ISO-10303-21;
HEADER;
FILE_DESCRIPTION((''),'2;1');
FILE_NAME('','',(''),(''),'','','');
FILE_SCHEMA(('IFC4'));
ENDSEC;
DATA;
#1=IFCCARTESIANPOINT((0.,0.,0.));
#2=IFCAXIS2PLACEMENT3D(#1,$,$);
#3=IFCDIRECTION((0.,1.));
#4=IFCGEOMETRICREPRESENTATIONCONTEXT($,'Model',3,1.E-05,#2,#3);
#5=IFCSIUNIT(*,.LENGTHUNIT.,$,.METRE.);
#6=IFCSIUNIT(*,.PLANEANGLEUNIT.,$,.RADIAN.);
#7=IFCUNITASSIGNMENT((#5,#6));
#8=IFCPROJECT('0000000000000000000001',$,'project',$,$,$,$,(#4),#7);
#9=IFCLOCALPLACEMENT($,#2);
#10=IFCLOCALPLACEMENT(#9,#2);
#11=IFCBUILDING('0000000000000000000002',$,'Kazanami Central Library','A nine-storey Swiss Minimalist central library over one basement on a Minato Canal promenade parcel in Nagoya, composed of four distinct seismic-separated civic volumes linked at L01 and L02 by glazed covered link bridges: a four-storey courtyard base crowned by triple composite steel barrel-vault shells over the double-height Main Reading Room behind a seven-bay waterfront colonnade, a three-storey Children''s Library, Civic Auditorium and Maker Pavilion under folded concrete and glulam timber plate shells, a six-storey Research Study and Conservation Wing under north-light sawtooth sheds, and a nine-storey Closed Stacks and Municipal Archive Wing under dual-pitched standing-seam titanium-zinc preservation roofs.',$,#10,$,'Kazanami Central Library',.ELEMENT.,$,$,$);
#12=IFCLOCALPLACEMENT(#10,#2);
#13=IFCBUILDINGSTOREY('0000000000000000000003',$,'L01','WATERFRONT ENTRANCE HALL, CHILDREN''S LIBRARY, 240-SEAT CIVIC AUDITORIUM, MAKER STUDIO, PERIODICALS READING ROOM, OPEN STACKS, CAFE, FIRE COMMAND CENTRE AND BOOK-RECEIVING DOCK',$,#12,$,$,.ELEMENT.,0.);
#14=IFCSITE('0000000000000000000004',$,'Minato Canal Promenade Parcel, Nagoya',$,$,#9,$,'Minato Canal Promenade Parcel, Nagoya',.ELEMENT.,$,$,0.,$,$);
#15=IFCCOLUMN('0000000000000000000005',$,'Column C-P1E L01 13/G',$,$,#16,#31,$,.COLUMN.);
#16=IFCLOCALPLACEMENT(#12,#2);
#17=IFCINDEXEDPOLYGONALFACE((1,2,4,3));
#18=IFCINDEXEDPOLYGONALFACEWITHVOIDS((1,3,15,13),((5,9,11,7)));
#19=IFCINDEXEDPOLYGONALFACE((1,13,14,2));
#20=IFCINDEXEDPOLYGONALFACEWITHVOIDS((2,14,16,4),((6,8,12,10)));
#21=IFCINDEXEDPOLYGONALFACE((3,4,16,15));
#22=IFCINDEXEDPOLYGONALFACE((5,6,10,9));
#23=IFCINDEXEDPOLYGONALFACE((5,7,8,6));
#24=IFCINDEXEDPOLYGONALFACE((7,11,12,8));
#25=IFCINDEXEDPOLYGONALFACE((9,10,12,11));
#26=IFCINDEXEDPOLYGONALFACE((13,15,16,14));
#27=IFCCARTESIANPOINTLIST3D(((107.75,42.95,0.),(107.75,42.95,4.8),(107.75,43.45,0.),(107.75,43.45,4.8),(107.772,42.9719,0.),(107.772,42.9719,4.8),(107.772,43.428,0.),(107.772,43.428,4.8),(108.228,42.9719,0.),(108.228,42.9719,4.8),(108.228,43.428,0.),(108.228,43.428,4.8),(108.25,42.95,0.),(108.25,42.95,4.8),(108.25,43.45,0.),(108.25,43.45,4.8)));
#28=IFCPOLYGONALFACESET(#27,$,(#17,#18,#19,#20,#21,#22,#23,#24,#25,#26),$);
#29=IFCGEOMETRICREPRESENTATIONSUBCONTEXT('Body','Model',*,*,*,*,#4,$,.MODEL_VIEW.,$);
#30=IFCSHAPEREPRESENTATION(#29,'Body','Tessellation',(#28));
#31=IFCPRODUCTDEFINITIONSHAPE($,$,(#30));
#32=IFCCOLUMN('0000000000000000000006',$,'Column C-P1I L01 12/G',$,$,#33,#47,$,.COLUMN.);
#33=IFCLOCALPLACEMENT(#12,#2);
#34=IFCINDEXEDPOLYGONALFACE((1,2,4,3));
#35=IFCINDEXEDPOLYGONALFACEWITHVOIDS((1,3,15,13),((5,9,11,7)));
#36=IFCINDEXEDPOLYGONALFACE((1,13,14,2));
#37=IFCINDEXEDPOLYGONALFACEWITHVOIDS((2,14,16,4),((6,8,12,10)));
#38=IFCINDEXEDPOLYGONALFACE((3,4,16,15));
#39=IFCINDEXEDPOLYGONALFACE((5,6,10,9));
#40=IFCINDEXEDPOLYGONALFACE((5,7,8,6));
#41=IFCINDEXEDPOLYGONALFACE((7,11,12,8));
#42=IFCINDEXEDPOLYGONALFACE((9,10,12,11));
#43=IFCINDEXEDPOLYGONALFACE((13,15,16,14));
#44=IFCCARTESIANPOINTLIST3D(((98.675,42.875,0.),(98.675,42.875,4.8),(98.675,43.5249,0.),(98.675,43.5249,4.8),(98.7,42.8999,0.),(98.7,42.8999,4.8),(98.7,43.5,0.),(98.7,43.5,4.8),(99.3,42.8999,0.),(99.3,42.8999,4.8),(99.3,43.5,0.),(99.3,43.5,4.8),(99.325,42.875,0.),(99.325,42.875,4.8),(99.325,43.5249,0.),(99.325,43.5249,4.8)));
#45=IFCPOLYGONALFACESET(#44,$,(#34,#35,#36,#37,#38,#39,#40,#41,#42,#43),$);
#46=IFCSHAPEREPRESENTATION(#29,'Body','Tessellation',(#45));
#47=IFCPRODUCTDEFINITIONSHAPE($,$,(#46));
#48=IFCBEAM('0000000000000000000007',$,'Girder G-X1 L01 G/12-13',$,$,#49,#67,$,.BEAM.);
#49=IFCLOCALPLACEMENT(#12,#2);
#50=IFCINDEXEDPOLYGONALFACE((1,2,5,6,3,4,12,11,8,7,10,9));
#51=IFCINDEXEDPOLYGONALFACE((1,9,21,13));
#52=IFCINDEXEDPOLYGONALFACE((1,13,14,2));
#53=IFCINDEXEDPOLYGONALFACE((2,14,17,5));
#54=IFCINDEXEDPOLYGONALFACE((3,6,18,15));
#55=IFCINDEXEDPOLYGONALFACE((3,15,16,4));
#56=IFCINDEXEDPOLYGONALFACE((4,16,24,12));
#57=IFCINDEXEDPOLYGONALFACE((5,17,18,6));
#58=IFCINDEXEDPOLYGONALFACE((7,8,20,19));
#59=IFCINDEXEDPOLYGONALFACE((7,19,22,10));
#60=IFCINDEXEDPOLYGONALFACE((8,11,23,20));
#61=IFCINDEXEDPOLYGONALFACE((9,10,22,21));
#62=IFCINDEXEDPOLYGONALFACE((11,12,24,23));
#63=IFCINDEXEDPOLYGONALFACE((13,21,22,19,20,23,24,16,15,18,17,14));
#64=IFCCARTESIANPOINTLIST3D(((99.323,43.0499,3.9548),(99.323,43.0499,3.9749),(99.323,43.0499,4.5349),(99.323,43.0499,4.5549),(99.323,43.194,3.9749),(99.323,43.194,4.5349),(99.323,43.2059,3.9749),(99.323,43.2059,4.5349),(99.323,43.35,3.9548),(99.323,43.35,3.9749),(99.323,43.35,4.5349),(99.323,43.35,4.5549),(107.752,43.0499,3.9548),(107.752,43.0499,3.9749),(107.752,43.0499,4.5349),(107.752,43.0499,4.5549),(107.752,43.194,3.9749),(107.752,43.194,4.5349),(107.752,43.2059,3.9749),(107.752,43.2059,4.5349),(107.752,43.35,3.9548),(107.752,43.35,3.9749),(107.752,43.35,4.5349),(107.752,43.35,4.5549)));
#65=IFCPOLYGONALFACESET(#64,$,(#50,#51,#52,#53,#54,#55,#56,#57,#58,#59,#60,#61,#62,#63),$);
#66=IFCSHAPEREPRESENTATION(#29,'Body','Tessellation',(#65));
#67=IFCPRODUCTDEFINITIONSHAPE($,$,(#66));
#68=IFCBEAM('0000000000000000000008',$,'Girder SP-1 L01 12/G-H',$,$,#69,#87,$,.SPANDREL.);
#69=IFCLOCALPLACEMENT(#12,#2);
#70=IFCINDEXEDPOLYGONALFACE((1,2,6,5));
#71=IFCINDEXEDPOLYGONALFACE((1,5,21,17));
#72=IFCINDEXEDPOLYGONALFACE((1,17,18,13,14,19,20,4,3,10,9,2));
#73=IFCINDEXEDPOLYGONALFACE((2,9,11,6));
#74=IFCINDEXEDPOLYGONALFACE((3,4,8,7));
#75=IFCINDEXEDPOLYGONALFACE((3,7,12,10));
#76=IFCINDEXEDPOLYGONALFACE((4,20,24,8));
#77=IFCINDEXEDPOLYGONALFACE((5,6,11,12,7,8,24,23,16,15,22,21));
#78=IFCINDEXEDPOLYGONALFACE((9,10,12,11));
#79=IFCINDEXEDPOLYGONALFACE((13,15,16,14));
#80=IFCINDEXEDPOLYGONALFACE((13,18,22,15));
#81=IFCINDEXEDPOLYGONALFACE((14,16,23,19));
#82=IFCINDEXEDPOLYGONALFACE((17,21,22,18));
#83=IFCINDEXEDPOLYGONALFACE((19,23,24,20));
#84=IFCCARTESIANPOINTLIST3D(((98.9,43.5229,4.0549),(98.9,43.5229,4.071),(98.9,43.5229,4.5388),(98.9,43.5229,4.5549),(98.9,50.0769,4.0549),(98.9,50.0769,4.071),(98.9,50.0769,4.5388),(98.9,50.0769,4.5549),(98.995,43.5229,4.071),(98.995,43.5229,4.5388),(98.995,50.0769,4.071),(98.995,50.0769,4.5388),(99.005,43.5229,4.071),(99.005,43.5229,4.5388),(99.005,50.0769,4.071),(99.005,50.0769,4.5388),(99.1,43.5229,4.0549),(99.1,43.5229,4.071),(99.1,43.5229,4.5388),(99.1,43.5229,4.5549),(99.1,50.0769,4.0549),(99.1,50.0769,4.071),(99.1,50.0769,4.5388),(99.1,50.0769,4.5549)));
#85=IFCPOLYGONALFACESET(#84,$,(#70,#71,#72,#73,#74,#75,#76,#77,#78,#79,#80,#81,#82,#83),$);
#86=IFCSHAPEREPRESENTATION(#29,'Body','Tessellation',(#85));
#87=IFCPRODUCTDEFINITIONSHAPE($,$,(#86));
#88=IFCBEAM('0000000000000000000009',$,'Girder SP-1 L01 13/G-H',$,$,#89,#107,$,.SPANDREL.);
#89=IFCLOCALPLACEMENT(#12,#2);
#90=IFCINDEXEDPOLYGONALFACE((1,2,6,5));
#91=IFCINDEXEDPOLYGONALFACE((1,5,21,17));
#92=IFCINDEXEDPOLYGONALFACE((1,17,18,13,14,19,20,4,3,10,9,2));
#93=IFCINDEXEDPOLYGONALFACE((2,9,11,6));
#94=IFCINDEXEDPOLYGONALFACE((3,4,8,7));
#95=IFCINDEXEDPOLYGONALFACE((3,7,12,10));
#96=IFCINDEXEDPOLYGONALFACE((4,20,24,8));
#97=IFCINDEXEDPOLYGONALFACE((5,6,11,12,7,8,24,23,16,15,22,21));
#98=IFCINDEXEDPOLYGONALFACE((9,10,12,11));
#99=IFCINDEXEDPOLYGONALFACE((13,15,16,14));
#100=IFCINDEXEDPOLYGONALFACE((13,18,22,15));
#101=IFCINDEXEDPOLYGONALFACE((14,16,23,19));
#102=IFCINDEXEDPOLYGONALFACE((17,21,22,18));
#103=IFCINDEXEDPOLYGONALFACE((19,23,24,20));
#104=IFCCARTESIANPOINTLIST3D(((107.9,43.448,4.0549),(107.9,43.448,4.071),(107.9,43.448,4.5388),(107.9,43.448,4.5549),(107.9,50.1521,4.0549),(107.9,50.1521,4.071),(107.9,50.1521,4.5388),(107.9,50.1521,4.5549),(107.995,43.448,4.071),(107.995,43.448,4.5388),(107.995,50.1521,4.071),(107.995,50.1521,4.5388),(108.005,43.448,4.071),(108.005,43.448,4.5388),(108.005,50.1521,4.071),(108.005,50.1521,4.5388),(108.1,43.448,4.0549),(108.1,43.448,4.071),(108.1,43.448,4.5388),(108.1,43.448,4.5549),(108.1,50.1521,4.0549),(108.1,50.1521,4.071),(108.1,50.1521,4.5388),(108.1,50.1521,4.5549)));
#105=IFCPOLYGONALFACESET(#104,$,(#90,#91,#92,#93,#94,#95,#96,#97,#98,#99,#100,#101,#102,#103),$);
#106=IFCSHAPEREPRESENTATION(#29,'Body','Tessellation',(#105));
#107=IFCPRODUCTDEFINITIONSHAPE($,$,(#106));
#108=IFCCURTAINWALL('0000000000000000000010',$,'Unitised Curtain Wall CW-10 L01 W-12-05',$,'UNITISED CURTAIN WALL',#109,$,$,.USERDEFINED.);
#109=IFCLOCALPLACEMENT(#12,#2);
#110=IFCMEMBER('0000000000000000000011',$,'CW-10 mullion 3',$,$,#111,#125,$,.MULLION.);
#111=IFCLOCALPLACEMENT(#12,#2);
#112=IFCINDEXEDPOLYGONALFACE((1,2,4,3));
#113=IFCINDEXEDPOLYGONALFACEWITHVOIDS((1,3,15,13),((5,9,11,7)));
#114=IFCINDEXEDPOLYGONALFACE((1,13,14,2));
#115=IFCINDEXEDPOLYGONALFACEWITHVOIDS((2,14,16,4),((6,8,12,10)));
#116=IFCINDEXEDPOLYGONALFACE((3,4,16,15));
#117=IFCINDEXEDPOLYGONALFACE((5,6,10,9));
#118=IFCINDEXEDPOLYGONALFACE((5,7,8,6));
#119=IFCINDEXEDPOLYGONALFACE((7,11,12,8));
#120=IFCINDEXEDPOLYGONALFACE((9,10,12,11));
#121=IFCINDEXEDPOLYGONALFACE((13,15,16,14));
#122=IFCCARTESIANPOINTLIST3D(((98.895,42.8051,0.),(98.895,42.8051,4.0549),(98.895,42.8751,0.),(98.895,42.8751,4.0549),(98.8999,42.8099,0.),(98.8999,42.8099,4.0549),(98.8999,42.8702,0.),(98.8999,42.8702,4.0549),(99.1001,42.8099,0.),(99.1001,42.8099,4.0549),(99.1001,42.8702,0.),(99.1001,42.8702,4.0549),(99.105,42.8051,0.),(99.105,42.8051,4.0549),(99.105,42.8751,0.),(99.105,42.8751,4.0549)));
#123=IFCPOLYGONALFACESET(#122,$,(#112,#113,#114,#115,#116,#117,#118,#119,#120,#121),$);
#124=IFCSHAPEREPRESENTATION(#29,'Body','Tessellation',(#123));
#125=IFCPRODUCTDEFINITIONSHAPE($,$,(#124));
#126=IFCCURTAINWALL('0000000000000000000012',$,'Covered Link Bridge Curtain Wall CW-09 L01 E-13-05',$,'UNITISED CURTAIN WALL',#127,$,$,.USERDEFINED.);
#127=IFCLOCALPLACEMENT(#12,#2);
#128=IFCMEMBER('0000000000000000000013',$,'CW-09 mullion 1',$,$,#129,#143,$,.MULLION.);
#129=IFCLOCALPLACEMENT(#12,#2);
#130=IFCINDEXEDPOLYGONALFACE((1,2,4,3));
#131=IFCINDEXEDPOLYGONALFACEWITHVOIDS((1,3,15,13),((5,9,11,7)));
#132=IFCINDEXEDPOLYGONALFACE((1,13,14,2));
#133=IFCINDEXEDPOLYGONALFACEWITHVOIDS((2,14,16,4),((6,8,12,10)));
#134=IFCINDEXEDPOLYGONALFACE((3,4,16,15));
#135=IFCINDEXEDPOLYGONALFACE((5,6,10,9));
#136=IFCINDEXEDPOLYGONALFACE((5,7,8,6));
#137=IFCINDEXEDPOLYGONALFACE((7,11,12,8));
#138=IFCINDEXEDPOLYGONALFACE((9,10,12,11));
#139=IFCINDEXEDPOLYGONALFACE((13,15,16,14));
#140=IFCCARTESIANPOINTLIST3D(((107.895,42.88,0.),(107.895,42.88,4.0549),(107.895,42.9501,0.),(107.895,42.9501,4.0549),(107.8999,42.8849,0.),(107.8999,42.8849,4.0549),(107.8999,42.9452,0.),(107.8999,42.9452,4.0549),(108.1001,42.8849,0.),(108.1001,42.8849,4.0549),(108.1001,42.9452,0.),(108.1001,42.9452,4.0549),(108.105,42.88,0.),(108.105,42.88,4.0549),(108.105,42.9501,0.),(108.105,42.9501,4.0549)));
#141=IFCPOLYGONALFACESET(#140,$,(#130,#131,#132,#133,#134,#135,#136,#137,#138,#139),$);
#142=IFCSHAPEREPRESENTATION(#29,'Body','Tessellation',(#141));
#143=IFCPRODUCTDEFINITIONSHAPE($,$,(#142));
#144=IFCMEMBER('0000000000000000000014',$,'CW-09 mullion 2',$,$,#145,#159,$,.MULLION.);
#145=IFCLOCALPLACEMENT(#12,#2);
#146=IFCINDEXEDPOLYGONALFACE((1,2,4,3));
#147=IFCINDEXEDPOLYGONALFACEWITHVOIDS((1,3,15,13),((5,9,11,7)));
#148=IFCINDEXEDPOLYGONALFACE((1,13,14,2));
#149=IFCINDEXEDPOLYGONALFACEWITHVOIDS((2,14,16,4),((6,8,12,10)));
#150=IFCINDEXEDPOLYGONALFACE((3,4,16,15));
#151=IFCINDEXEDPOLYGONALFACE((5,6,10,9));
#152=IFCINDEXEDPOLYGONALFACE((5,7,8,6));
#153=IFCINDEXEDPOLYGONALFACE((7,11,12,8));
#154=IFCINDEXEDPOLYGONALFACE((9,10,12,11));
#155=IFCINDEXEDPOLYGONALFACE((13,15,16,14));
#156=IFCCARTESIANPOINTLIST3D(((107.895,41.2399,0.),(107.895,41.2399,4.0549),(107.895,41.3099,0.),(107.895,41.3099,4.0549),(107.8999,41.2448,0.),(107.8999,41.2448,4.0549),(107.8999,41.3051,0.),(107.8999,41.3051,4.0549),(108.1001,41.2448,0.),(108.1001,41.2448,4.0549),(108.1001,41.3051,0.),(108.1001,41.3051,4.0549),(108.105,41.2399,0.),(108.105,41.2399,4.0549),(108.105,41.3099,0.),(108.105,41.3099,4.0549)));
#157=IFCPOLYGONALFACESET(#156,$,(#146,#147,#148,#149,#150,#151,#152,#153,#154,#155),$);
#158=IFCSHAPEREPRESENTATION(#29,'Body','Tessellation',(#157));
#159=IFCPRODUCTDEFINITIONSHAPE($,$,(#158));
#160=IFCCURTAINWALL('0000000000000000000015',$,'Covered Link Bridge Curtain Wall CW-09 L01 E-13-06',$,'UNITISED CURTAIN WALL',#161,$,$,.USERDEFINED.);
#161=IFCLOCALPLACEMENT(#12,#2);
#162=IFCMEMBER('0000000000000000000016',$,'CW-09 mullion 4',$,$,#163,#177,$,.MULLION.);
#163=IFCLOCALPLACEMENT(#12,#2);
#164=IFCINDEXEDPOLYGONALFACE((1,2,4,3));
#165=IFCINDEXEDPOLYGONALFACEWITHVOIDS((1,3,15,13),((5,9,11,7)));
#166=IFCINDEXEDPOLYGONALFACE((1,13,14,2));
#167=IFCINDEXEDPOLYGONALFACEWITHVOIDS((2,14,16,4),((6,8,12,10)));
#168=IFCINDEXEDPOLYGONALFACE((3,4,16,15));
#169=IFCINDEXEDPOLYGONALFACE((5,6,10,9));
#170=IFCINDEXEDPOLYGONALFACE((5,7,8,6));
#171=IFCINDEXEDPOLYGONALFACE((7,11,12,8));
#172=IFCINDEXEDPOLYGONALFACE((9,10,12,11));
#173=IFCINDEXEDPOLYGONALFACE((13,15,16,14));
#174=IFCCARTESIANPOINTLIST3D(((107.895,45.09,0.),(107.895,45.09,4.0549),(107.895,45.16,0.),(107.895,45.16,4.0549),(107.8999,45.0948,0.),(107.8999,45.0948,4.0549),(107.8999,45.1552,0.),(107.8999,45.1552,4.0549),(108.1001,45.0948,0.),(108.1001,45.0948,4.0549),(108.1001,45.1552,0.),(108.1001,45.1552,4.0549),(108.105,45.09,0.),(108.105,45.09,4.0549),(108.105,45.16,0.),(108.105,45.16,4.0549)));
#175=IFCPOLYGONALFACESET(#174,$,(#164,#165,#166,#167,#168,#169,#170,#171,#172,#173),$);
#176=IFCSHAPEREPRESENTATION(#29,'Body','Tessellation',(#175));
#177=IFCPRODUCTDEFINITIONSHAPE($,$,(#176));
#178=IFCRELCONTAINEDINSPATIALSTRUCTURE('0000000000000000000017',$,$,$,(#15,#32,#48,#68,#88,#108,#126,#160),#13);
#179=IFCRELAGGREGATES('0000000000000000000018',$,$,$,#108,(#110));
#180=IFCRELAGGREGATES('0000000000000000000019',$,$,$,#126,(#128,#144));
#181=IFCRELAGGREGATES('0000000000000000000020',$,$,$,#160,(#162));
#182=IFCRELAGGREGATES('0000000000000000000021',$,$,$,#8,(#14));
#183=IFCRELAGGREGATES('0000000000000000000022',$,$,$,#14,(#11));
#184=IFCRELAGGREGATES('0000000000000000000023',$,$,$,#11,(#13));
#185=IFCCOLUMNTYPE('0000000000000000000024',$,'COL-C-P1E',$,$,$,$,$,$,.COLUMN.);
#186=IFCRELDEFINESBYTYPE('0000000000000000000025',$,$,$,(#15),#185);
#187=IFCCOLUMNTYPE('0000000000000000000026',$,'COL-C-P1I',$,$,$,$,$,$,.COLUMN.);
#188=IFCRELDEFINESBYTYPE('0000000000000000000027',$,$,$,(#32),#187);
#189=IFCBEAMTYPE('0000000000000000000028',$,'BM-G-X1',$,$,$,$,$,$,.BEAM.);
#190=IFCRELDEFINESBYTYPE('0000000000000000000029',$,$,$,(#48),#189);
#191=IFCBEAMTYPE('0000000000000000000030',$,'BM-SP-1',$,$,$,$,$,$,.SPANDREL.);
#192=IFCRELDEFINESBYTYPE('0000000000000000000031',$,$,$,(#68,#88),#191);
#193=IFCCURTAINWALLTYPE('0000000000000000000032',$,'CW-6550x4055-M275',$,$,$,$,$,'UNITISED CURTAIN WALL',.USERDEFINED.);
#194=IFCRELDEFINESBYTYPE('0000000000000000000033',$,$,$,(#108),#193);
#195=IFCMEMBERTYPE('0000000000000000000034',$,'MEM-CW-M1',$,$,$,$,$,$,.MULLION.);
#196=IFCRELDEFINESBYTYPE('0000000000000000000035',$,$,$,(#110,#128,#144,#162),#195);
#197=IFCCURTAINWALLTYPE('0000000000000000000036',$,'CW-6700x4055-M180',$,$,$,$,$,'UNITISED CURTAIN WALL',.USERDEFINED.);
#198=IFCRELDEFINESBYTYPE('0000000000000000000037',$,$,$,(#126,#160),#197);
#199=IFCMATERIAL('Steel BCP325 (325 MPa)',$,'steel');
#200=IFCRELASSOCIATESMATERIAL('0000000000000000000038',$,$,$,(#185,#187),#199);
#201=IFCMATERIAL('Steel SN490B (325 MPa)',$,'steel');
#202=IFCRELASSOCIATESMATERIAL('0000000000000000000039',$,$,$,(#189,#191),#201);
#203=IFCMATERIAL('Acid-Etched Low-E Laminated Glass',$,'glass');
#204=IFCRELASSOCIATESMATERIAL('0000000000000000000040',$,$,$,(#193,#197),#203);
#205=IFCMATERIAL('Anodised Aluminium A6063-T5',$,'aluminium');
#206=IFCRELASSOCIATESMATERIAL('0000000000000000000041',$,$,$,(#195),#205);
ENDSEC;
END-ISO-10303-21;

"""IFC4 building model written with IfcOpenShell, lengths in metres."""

from ifc_helpers import new_model, si_unit, direction, frame, origin, origin_2d, place, context, subcontext, project, spatial, hollow_rectangle, i_section, extrude, material, material_profile, profile_set, type_object, element, aggregate, save


model = new_model("IFC4")

# Units and contexts
model_context = context("Model", 3, precision=1e-05, world=origin(), true_north=direction((0.0, 1.0)))
body_context = subcontext(model_context, "Body", "Model", "MODEL_VIEW")
ifc_project = project(units=[si_unit("LENGTHUNIT", "METRE"), si_unit("PLANEANGLEUNIT", "RADIAN")], contexts=[model_context])

# Site, building, storey
site_placement = place(None, origin())
site = spatial("IfcSite", under=ifc_project, at=site_placement, Name="Minato Canal Promenade Parcel, Nagoya", LongName="Minato Canal Promenade Parcel, Nagoya", CompositionType="ELEMENT", RefElevation=0.0)
building_placement = place(site_placement, origin())
building = spatial("IfcBuilding", under=site, at=building_placement, Name="Kazanami Central Library", Description="A nine-storey Swiss Minimalist central library over one basement on a Minato Canal promenade parcel in Nagoya, composed of four distinct seismic-separated civic volumes linked at L01 and L02 by glazed covered link bridges: a four-storey courtyard base crowned by triple composite steel barrel-vault shells over the double-height Main Reading Room behind a seven-bay waterfront colonnade, a three-storey Children's Library, Civic Auditorium and Maker Pavilion under folded concrete and glulam timber plate shells, a six-storey Research Study and Conservation Wing under north-light sawtooth sheds, and a nine-storey Closed Stacks and Municipal Archive Wing under dual-pitched standing-seam titanium-zinc preservation roofs.", LongName="Kazanami Central Library", CompositionType="ELEMENT")
storey_placement = place(building_placement, origin())
storey = spatial("IfcBuildingStorey", under=building, at=storey_placement, Name="L01", Description="WATERFRONT ENTRANCE HALL, CHILDREN'S LIBRARY, 240-SEAT CIVIC AUDITORIUM, MAKER STUDIO, PERIODICALS READING ROOM, OPEN STACKS, CAFE, FIRE COMMAND CENTRE AND BOOK-RECEIVING DOCK", CompositionType="ELEMENT", Elevation=0.0)

# Columns
ifc_material_1 = material(Name="Steel BCP325 (325 MPa)", Category="steel")
ifc_material_profile_1 = material_profile(ifc_material_1, hollow_rectangle(XDim=0.5, YDim=0.5, WallThickness=0.022, at=origin_2d()), Name="BCP-500x500x22")
ifc_profile_set_1 = profile_set([ifc_material_profile_1], Name="Steel BCP325 (325 MPa)")
column_type_1 = type_object("IfcColumnType", Name="COL-C-P1E", PredefinedType="COLUMN", material=ifc_profile_set_1)
column_1_placement = place(storey_placement, frame((108.0, 43.2, 0.0), z_axis=(0.0, 0.0, 1.0), x_axis=(1.0, 0.0, 0.0)))
element("IfcColumn", 1, at=column_1_placement, inside=storey, type_object=column_type_1, Name="Column C-P1E L01 13/G", PredefinedType="COLUMN", context=body_context, shape_type="SweptSolid", body=[
    extrude(hollow_rectangle(XDim=0.5, YDim=0.5, WallThickness=0.022, at=origin_2d()), origin(), (0.0, 0.0, 1.0), 4.8),
])
ifc_material_profile_2 = material_profile(ifc_material_1, hollow_rectangle(XDim=0.6499, YDim=0.6499, WallThickness=0.0249, at=origin_2d()), Name="BCP-650x650x25")
ifc_profile_set_2 = profile_set([ifc_material_profile_2], Name="Steel BCP325 (325 MPa)")
column_type_2 = type_object("IfcColumnType", Name="COL-C-P1I", PredefinedType="COLUMN", material=ifc_profile_set_2)
column_2_placement = place(storey_placement, frame((99.0, 43.2, 0.0), z_axis=(0.0, 0.0, 1.0), x_axis=(1.0, 0.0, 0.0)))
element("IfcColumn", 2, at=column_2_placement, inside=storey, type_object=column_type_2, Name="Column C-P1I L01 12/G", PredefinedType="COLUMN", context=body_context, shape_type="SweptSolid", body=[
    extrude(hollow_rectangle(XDim=0.6499, YDim=0.6499, WallThickness=0.0249, at=origin_2d()), origin(), (0.0, 0.0, 1.0), 4.8),
])

# Beams
ifc_material_2 = material(Name="Steel SN490B (325 MPa)", Category="steel")
ifc_material_profile_3 = material_profile(ifc_material_2, i_section(OverallWidth=0.3, OverallDepth=0.6001, WebThickness=0.012, FlangeThickness=0.02, at=origin_2d()), Name="H-600x300x12x20")
ifc_profile_set_3 = profile_set([ifc_material_profile_3], Name="Steel SN490B (325 MPa)")
beam_type_1 = type_object("IfcBeamType", Name="BM-G-X1", PredefinedType="BEAM", material=ifc_profile_set_3)
beam_1_placement = place(storey_placement, frame((99.323, 43.2, 4.2549), z_axis=(1.0, 0.0, 0.0), x_axis=(0.0, 1.0, 0.0)))
element("IfcBeam", 3, at=beam_1_placement, inside=storey, type_object=beam_type_1, Name="Girder G-X1 L01 G/12-13", PredefinedType="BEAM", context=body_context, shape_type="SweptSolid", body=[
    extrude(i_section(OverallWidth=0.3, OverallDepth=0.6001, WebThickness=0.012, FlangeThickness=0.02, at=origin_2d()), origin(), (0.0, 0.0, 1.0), 8.429),
])
ifc_material_profile_4 = material_profile(ifc_material_2, i_section(OverallWidth=0.2, OverallDepth=0.5, WebThickness=0.01, FlangeThickness=0.0161, at=origin_2d()), Name="H-500x200x10x16")
ifc_profile_set_4 = profile_set([ifc_material_profile_4], Name="Steel SN490B (325 MPa)")
beam_type_2 = type_object("IfcBeamType", Name="BM-SP-1", PredefinedType="SPANDREL", material=ifc_profile_set_4)
beam_2_placement = place(storey_placement, frame((99.0, 43.5229, 4.3049), z_axis=(0.0, 1.0, 0.0), x_axis=(-1.0, 0.0, 0.0)))
element("IfcBeam", 4, at=beam_2_placement, inside=storey, type_object=beam_type_2, Name="Girder SP-1 L01 12/G-H", PredefinedType="SPANDREL", context=body_context, shape_type="SweptSolid", body=[
    extrude(i_section(OverallWidth=0.2, OverallDepth=0.5, WebThickness=0.01, FlangeThickness=0.0161, at=origin_2d()), origin(), (0.0, 0.0, 1.0), 6.554),
])
beam_3_placement = place(storey_placement, frame((108.0, 43.448, 4.3049), z_axis=(0.0, 1.0, 0.0), x_axis=(-1.0, 0.0, 0.0)))
element("IfcBeam", 5, at=beam_3_placement, inside=storey, type_object=beam_type_2, Name="Girder SP-1 L01 13/G-H", PredefinedType="SPANDREL", context=body_context, shape_type="SweptSolid", body=[
    extrude(i_section(OverallWidth=0.2, OverallDepth=0.5, WebThickness=0.01, FlangeThickness=0.0161, at=origin_2d()), origin(), (0.0, 0.0, 1.0), 6.7041),
])

# Curtain wall, member
ifc_material_3 = material(Name="Acid-Etched Low-E Laminated Glass", Category="glass")
curtain_wall_type_1 = type_object("IfcCurtainWallType", Name="CW-6550x4055-M275", ElementType="UNITISED CURTAIN WALL", PredefinedType="USERDEFINED", material=ifc_material_3)
curtain_wall_1_placement = place(storey_placement, origin())
curtain_wall_1 = element("IfcCurtainWall", 6, at=curtain_wall_1_placement, inside=storey, type_object=curtain_wall_type_1, Name="Unitised Curtain Wall CW-10 L01 W-12-05", ObjectType="UNITISED CURTAIN WALL", PredefinedType="USERDEFINED")
ifc_material_4 = material(Name="Anodised Aluminium A6063-T5", Category="aluminium")
ifc_material_profile_5 = material_profile(ifc_material_4, hollow_rectangle(XDim=0.0701, YDim=0.21, WallThickness=0.0049, at=origin_2d()), Name="ALU-MULL-70x210x5")
ifc_profile_set_5 = profile_set([ifc_material_profile_5], Name="Anodised Aluminium A6063-T5")
member_type_1 = type_object("IfcMemberType", Name="MEM-CW-M1", PredefinedType="MULLION", material=ifc_profile_set_5)
member_1_placement = place(storey_placement, frame((99.0, 42.8401, 0.0), z_axis=(0.0, 0.0, 1.0), x_axis=(0.0, 1.0, 0.0)))
member_1 = element("IfcMember", 7, at=member_1_placement, type_object=member_type_1, Name="CW-10 mullion 3", PredefinedType="MULLION", context=body_context, shape_type="SweptSolid", body=[
    extrude(hollow_rectangle(XDim=0.0701, YDim=0.21, WallThickness=0.0049, at=origin_2d()), origin(), (0.0, 0.0, 1.0), 4.0549),
])

# Curtain walls, members
curtain_wall_type_2 = type_object("IfcCurtainWallType", Name="CW-6700x4055-M180", ElementType="UNITISED CURTAIN WALL", PredefinedType="USERDEFINED", material=ifc_material_3)
curtain_wall_2_placement = place(storey_placement, origin())
curtain_wall_2 = element("IfcCurtainWall", 8, at=curtain_wall_2_placement, inside=storey, type_object=curtain_wall_type_2, Name="Covered Link Bridge Curtain Wall CW-09 L01 E-13-05", ObjectType="UNITISED CURTAIN WALL", PredefinedType="USERDEFINED")
member_2_placement = place(storey_placement, frame((108.0, 42.915, 0.0), z_axis=(0.0, 0.0, 1.0), x_axis=(0.0, -1.0, 0.0)))
member_2 = element("IfcMember", 9, at=member_2_placement, type_object=member_type_1, Name="CW-09 mullion 1", PredefinedType="MULLION", context=body_context, shape_type="SweptSolid", body=[
    extrude(hollow_rectangle(XDim=0.0701, YDim=0.21, WallThickness=0.0049, at=origin_2d()), origin(), (0.0, 0.0, 1.0), 4.0549),
])
member_3_placement = place(storey_placement, frame((108.0, 41.2749, 0.0), z_axis=(0.0, 0.0, 1.0), x_axis=(0.0, -1.0, 0.0)))
member_3 = element("IfcMember", 10, at=member_3_placement, type_object=member_type_1, Name="CW-09 mullion 2", PredefinedType="MULLION", context=body_context, shape_type="SweptSolid", body=[
    extrude(hollow_rectangle(XDim=0.0701, YDim=0.21, WallThickness=0.0049, at=origin_2d()), origin(), (0.0, 0.0, 1.0), 4.0549),
])
curtain_wall_3_placement = place(storey_placement, origin())
curtain_wall_3 = element("IfcCurtainWall", 11, at=curtain_wall_3_placement, inside=storey, type_object=curtain_wall_type_2, Name="Covered Link Bridge Curtain Wall CW-09 L01 E-13-06", ObjectType="UNITISED CURTAIN WALL", PredefinedType="USERDEFINED")
member_4_placement = place(storey_placement, frame((108.0, 45.125, 0.0), z_axis=(0.0, 0.0, 1.0), x_axis=(0.0, -1.0, 0.0)))
member_4 = element("IfcMember", 12, at=member_4_placement, type_object=member_type_1, Name="CW-09 mullion 4", PredefinedType="MULLION", context=body_context, shape_type="SweptSolid", body=[
    extrude(hollow_rectangle(XDim=0.0701, YDim=0.21, WallThickness=0.0049, at=origin_2d()), origin(), (0.0, 0.0, 1.0), 4.0549),
])

aggregate(curtain_wall_1, [member_1])
aggregate(curtain_wall_2, [member_2, member_3])
aggregate(curtain_wall_3, [member_4])

save(model, "model.ifc")
